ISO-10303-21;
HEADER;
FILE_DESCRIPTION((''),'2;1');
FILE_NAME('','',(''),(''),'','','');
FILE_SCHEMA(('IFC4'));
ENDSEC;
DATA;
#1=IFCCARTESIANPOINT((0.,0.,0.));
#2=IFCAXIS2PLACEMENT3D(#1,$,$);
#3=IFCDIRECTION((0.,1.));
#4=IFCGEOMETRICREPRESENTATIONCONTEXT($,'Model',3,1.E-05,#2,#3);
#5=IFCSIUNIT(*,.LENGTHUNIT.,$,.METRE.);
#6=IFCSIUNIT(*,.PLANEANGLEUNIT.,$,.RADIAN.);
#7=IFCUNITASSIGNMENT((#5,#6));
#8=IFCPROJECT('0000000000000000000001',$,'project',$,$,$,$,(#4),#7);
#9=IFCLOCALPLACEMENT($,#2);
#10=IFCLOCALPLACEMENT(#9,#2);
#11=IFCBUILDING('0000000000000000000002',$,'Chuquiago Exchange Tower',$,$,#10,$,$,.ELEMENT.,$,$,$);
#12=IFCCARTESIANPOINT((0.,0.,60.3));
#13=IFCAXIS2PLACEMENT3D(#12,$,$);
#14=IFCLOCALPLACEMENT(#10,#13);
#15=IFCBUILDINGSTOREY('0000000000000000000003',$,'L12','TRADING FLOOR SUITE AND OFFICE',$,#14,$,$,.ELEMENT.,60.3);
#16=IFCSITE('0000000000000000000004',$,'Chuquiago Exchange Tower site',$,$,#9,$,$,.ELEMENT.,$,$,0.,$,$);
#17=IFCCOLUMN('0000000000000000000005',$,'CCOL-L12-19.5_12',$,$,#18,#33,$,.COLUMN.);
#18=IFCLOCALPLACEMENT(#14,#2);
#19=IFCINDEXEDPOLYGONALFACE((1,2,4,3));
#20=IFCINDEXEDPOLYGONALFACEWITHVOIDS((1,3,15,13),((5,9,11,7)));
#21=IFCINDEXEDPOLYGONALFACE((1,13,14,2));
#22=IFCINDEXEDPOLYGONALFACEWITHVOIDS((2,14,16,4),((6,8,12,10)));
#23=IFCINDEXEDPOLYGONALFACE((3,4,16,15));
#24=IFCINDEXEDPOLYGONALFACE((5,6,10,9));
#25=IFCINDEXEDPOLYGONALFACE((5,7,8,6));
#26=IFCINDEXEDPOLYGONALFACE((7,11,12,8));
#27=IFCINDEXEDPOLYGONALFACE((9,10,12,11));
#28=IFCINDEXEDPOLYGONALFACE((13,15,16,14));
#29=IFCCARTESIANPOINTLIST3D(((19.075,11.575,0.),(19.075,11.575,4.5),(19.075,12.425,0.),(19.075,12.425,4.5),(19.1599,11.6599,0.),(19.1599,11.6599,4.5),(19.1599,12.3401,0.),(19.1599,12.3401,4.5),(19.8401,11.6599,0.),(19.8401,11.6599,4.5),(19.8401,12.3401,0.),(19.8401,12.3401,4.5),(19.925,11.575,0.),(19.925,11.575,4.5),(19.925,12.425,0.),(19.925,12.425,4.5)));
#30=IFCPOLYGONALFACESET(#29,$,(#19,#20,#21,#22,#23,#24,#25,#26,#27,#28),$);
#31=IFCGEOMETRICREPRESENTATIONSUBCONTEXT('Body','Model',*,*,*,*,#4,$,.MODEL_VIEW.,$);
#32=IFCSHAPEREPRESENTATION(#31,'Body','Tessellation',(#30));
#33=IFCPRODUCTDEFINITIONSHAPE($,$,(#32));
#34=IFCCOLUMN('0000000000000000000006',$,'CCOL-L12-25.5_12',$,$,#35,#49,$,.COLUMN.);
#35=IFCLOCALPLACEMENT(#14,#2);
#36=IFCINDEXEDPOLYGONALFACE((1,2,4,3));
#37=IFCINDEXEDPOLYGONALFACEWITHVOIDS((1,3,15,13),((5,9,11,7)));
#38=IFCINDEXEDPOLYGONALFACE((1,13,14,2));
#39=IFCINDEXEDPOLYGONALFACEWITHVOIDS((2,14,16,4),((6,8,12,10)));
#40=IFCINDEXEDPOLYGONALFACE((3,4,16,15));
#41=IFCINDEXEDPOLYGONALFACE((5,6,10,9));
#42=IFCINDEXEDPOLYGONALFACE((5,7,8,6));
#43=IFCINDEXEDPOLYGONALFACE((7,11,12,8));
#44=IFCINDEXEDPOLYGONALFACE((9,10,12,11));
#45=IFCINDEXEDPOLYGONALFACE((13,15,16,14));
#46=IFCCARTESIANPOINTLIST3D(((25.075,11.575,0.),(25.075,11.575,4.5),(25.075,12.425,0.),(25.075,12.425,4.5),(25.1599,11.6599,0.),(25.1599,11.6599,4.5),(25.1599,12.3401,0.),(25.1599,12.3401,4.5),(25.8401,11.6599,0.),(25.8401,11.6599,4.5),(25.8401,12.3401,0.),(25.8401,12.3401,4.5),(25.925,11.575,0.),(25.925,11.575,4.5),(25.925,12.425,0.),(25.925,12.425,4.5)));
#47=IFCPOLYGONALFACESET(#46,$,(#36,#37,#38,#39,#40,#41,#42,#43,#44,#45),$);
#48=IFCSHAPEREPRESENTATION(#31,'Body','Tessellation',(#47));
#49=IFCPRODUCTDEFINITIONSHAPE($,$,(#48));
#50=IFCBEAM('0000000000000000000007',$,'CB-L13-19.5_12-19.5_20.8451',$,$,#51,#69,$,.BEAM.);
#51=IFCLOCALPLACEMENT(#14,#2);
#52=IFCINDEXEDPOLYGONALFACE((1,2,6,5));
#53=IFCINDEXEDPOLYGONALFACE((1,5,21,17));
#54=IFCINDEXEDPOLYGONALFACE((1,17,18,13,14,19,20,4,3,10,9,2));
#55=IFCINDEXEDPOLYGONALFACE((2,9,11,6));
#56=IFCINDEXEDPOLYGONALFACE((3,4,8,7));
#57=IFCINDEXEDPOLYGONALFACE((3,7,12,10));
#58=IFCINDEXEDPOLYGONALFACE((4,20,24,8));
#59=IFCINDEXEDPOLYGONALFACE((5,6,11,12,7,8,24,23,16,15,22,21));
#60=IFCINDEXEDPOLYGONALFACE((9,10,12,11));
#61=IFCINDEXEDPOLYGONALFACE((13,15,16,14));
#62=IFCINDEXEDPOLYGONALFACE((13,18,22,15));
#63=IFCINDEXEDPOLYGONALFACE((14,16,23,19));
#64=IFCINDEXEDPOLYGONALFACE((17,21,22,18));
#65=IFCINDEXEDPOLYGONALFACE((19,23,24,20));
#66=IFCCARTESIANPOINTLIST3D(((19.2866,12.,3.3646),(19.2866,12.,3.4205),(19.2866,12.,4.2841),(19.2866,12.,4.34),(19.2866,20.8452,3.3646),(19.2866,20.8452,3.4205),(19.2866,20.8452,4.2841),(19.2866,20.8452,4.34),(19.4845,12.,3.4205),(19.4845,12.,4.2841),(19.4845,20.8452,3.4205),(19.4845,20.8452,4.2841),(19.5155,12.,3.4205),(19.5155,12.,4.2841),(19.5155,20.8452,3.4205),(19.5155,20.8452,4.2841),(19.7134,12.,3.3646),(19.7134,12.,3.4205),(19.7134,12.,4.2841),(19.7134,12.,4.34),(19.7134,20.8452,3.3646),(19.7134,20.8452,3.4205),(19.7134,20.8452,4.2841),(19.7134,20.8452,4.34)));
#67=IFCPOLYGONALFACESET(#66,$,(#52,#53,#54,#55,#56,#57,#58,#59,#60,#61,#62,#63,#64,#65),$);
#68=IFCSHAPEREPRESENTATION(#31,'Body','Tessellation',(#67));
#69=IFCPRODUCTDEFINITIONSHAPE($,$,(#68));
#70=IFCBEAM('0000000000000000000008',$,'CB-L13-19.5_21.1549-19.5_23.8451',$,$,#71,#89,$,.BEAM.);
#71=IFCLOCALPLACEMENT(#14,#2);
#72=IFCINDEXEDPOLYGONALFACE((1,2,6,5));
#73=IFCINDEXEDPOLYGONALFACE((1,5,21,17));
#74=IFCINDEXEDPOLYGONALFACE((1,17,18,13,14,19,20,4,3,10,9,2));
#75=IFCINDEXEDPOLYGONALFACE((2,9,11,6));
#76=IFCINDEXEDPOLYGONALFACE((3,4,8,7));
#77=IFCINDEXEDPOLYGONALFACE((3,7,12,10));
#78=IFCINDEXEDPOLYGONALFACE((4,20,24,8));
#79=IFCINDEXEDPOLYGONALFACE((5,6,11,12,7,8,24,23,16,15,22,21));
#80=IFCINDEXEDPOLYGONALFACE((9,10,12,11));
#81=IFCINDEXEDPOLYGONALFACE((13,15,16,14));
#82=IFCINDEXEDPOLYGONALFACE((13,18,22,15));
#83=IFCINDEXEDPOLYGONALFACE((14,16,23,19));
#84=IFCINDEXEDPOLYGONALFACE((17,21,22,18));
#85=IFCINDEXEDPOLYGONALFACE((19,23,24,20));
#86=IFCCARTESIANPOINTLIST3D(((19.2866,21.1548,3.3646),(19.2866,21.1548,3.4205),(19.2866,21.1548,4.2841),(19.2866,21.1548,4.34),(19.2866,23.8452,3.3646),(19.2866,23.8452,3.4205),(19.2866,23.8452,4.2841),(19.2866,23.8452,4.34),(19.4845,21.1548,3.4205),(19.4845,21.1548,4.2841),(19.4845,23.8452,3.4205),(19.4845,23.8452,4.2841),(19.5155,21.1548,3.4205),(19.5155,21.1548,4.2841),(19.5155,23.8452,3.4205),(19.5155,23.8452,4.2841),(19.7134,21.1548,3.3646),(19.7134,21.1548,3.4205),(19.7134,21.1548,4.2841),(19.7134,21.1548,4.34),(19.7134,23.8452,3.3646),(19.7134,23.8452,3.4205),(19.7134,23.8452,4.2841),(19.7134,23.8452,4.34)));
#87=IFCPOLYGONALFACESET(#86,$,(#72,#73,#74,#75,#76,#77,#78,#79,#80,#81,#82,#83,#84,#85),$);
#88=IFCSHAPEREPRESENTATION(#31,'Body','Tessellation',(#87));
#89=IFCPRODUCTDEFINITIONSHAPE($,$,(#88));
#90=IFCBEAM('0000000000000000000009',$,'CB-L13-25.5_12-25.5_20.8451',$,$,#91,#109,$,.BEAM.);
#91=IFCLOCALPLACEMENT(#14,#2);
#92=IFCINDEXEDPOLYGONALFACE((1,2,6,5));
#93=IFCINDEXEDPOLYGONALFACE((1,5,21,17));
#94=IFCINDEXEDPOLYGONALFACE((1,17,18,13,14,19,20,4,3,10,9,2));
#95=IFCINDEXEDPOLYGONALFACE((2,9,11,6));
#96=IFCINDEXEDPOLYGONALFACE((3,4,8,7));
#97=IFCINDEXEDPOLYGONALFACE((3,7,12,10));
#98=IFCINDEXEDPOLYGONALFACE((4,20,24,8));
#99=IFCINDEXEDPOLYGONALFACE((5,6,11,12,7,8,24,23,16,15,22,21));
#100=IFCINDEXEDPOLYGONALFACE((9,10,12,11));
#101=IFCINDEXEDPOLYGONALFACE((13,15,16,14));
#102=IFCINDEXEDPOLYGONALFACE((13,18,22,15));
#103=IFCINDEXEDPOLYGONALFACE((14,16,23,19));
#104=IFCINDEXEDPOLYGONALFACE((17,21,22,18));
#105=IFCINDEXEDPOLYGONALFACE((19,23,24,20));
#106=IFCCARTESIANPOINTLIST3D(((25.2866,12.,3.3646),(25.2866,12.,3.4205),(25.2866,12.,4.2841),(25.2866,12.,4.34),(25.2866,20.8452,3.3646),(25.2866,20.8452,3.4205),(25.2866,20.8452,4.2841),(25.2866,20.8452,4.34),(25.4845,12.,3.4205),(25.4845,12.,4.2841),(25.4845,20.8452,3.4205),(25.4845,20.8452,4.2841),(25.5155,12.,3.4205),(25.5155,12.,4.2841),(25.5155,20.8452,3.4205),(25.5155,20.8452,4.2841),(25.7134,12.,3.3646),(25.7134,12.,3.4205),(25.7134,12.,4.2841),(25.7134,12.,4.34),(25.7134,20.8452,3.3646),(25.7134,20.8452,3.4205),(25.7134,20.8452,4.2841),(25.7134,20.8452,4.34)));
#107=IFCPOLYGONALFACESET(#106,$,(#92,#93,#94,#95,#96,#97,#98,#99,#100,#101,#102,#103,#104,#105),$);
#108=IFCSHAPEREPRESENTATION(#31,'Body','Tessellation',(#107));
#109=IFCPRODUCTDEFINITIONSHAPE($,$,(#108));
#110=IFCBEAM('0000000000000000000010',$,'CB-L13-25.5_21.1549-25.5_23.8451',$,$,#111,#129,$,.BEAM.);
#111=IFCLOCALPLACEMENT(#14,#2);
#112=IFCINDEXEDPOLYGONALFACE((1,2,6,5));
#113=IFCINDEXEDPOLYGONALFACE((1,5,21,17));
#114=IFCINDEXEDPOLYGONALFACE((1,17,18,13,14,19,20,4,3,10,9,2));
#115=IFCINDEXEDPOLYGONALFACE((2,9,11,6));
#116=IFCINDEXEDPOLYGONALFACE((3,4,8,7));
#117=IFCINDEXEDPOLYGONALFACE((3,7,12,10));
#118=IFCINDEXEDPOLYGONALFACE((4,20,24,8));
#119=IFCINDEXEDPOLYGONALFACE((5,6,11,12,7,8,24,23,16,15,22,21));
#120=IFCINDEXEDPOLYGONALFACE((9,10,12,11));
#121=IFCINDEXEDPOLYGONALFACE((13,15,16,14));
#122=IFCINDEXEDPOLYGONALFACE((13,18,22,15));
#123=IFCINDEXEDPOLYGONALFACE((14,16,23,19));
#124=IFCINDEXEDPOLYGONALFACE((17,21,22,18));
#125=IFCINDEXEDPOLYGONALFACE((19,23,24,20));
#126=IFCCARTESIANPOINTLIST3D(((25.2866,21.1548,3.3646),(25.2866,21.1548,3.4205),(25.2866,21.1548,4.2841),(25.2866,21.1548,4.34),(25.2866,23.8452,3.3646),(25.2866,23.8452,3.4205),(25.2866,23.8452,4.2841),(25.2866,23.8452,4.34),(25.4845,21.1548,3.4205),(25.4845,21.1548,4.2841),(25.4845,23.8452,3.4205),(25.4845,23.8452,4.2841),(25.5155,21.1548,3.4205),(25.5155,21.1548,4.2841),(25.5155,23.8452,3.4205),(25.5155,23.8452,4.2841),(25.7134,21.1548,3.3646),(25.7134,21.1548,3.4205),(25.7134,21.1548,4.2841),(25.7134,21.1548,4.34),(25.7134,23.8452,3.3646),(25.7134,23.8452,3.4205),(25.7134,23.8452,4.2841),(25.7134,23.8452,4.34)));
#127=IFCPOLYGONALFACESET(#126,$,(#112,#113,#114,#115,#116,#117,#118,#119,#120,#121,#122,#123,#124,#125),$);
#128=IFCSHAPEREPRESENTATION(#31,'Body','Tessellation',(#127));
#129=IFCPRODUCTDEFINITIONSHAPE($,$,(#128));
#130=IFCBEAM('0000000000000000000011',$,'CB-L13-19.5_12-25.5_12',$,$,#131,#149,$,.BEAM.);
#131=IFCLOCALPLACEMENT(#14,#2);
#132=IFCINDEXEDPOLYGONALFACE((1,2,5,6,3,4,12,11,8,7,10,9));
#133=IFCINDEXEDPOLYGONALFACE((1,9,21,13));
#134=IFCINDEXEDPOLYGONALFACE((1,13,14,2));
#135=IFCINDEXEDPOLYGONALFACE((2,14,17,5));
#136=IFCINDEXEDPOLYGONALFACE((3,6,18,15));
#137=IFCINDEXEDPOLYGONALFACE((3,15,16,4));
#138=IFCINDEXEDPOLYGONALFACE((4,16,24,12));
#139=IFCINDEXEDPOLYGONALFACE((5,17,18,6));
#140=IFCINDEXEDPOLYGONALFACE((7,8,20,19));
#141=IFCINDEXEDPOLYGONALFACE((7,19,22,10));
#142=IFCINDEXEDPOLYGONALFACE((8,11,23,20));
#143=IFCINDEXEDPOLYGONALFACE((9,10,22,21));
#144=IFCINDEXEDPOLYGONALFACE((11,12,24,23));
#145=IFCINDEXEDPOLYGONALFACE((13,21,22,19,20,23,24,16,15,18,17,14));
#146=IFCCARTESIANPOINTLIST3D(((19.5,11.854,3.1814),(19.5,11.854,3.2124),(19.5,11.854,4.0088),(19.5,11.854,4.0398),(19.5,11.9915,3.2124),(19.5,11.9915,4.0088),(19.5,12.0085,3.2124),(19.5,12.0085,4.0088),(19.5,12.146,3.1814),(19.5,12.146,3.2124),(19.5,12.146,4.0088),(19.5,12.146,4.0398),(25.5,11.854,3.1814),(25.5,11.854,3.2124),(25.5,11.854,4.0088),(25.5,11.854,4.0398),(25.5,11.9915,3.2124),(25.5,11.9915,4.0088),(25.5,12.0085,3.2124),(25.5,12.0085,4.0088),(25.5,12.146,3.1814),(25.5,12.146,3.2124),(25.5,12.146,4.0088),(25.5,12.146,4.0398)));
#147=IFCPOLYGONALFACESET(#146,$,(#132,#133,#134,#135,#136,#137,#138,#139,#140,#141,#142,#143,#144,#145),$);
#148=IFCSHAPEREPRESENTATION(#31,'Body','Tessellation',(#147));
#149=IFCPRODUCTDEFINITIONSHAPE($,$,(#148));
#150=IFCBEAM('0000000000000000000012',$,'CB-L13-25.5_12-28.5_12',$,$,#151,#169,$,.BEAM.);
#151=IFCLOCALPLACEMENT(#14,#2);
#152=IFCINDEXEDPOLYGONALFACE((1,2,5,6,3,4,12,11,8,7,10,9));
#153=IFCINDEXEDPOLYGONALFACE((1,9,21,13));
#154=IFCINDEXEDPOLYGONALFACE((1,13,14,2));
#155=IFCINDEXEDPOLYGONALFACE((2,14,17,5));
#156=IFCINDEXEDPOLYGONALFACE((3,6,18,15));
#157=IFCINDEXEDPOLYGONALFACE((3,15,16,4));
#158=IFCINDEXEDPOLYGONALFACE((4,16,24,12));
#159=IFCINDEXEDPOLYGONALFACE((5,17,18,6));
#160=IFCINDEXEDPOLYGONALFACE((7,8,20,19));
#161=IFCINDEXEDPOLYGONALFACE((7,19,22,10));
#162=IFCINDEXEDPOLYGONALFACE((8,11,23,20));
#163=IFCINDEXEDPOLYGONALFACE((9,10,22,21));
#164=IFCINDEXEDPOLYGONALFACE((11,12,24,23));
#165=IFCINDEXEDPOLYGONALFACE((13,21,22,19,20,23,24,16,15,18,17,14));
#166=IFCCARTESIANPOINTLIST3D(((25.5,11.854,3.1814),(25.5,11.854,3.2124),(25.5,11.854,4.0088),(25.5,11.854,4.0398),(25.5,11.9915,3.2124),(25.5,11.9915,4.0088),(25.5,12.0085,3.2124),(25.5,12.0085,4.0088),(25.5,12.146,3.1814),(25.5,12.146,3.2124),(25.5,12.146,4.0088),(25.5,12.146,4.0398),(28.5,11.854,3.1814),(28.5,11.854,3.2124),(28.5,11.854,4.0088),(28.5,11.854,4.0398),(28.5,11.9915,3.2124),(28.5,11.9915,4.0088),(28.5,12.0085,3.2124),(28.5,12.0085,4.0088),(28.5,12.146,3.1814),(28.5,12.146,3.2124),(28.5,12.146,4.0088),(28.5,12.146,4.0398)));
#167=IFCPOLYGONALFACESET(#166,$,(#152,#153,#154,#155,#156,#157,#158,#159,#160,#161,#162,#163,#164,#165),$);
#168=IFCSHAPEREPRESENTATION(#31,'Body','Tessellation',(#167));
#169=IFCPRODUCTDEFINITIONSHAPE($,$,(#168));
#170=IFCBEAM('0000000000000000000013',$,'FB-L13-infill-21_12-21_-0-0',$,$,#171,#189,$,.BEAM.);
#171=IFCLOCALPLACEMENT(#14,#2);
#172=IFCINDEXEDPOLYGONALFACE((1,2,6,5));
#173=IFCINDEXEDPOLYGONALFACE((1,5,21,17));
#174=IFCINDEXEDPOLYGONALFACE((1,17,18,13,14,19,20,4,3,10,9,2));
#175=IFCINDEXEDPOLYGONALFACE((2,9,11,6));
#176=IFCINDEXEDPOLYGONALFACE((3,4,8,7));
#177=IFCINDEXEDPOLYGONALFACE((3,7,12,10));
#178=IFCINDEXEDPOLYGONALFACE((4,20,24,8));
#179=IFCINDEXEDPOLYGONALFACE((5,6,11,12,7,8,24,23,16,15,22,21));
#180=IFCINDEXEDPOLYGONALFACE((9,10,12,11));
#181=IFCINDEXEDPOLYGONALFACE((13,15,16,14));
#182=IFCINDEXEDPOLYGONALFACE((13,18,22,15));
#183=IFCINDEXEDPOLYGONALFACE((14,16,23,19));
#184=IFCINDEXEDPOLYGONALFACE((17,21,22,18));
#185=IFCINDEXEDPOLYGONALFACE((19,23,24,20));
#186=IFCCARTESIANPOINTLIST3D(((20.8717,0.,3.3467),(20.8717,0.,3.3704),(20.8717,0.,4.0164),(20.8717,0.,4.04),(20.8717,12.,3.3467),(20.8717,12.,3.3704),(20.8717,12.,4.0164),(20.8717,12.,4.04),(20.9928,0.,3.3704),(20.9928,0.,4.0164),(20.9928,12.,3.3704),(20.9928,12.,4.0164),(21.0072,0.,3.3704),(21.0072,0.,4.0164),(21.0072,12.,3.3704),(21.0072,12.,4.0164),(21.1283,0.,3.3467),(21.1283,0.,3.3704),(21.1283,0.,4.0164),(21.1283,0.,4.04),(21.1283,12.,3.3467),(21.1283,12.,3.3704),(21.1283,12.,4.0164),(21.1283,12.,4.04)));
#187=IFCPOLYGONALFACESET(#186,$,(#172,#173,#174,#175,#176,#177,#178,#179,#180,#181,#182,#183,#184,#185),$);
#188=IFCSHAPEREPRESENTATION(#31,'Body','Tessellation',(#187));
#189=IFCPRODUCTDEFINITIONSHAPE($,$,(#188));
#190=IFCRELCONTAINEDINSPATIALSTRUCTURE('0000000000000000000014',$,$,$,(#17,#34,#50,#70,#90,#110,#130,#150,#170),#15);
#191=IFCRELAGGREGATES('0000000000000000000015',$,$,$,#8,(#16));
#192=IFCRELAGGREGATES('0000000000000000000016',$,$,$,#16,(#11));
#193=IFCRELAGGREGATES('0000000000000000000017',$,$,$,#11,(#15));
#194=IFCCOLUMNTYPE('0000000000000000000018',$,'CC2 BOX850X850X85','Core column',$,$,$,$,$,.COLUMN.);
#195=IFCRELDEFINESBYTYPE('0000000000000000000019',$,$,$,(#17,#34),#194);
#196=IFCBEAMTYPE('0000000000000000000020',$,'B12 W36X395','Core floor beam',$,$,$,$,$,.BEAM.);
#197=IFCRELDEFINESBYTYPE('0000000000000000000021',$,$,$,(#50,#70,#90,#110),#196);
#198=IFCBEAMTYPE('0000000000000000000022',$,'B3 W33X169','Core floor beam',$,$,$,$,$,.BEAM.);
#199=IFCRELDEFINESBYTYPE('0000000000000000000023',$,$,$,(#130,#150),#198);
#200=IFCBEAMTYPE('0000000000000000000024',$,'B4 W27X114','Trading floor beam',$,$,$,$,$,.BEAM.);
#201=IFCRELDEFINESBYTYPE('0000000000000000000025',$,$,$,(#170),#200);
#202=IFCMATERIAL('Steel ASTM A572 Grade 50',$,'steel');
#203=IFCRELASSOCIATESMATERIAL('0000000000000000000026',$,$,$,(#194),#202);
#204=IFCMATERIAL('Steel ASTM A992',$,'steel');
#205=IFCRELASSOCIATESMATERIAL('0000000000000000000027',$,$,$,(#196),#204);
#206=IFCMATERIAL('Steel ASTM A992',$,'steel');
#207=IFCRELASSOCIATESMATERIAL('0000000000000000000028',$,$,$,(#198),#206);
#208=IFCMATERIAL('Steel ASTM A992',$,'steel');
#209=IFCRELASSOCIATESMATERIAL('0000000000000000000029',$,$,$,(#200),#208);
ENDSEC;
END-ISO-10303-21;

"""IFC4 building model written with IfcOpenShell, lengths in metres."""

from ifc_helpers import new_model, si_unit, direction, frame, origin, origin_2d, place, context, subcontext, project, spatial, hollow_rectangle, i_section, extrude, material, material_profile, profile_set, type_object, element, save


model = new_model("IFC4")

# Units and contexts
model_context = context("Model", 3, precision=1e-05, world=origin(), true_north=direction((0.0, 1.0)))
body_context = subcontext(model_context, "Body", "Model", "MODEL_VIEW")
ifc_project = project(units=[si_unit("LENGTHUNIT", "METRE"), si_unit("PLANEANGLEUNIT", "RADIAN")], contexts=[model_context])

# Site, building, storey
site_placement = place(None, origin())
site = spatial("IfcSite", under=ifc_project, at=site_placement, Name="Chuquiago Exchange Tower site", CompositionType="ELEMENT", RefElevation=0.0)
building_placement = place(site_placement, origin())
building = spatial("IfcBuilding", under=site, at=building_placement, Name="Chuquiago Exchange Tower", CompositionType="ELEMENT")
storey_placement = place(building_placement, frame((0.0, 0.0, 60.3)))
storey = spatial("IfcBuildingStorey", under=building, at=storey_placement, Name="L12", Description="TRADING FLOOR SUITE AND OFFICE", CompositionType="ELEMENT", Elevation=60.3)

# Columns
ifc_material_1 = material(Name="Steel ASTM A572 Grade 50", Category="steel")
ifc_material_profile_1 = material_profile(ifc_material_1, hollow_rectangle(XDim=0.8501, YDim=0.8501, WallThickness=0.085, at=origin_2d()), Name="BOX850X850X85")
ifc_profile_set_1 = profile_set([ifc_material_profile_1], Name="Steel ASTM A572 Grade 50")
column_type = type_object("IfcColumnType", Name="CC2 BOX850X850X85", Description="Core column", PredefinedType="COLUMN", material=ifc_profile_set_1)
for number, where, z_axis, x_axis, name in (
    (1, (19.5, 12.0, 0.0), (0.0, 0.0, 1.0), (1.0, 0.0, 0.0), "CCOL-L12-19.5_12"),
    (2, (25.5, 12.0, 0.0), (0.0, 0.0, 1.0), (1.0, 0.0, 0.0), "CCOL-L12-25.5_12"),
):
    element("IfcColumn", number, at=place(storey_placement, frame(where, z_axis=z_axis, x_axis=x_axis)), inside=storey, type_object=column_type, Name=name, PredefinedType="COLUMN", context=body_context, shape_type="SweptSolid", body=[
        extrude(hollow_rectangle(XDim=0.8501, YDim=0.8501, WallThickness=0.085, at=origin_2d()), origin(), (0.0, 0.0, 1.0), 4.5),
    ])

# Beams
ifc_material_2 = material(Name="Steel ASTM A992", Category="steel")
ifc_material_profile_2 = material_profile(ifc_material_2, i_section(OverallWidth=0.4268, OverallDepth=0.9753, WebThickness=0.031, FlangeThickness=0.0559, at=origin_2d()), Name="W36X395")
ifc_profile_set_2 = profile_set([ifc_material_profile_2], Name="Steel ASTM A992")
beam_type_1 = type_object("IfcBeamType", Name="B12 W36X395", Description="Core floor beam", PredefinedType="BEAM", material=ifc_profile_set_2)
beam_1_placement = place(storey_placement, frame((19.5, 12.0, 3.8523), z_axis=(0.0, 1.0, 0.0), x_axis=(-1.0, 0.0, 0.0)))
element("IfcBeam", 3, at=beam_1_placement, inside=storey, type_object=beam_type_1, Name="CB-L13-19.5_12-19.5_20.8451", PredefinedType="BEAM", context=body_context, shape_type="SweptSolid", body=[
    extrude(i_section(OverallWidth=0.4268, OverallDepth=0.9753, WebThickness=0.031, FlangeThickness=0.0559, at=origin_2d()), origin(), (0.0, 0.0, 1.0), 8.8452),
])
beam_2_placement = place(storey_placement, frame((19.5, 21.1548, 3.8523), z_axis=(0.0, 1.0, 0.0), x_axis=(-1.0, 0.0, 0.0)))
element("IfcBeam", 4, at=beam_2_placement, inside=storey, type_object=beam_type_1, Name="CB-L13-19.5_21.1549-19.5_23.8451", PredefinedType="BEAM", context=body_context, shape_type="SweptSolid", body=[
    extrude(i_section(OverallWidth=0.4268, OverallDepth=0.9753, WebThickness=0.031, FlangeThickness=0.0559, at=origin_2d()), origin(), (0.0, 0.0, 1.0), 2.6904),
])
beam_3_placement = place(storey_placement, frame((25.5, 12.0, 3.8523), z_axis=(0.0, 1.0, 0.0), x_axis=(-1.0, 0.0, 0.0)))
element("IfcBeam", 5, at=beam_3_placement, inside=storey, type_object=beam_type_1, Name="CB-L13-25.5_12-25.5_20.8451", PredefinedType="BEAM", context=body_context, shape_type="SweptSolid", body=[
    extrude(i_section(OverallWidth=0.4268, OverallDepth=0.9753, WebThickness=0.031, FlangeThickness=0.0559, at=origin_2d()), origin(), (0.0, 0.0, 1.0), 8.8452),
])
beam_4_placement = place(storey_placement, frame((25.5, 21.1548, 3.8523), z_axis=(0.0, 1.0, 0.0), x_axis=(-1.0, 0.0, 0.0)))
element("IfcBeam", 6, at=beam_4_placement, inside=storey, type_object=beam_type_1, Name="CB-L13-25.5_21.1549-25.5_23.8451", PredefinedType="BEAM", context=body_context, shape_type="SweptSolid", body=[
    extrude(i_section(OverallWidth=0.4268, OverallDepth=0.9753, WebThickness=0.031, FlangeThickness=0.0559, at=origin_2d()), origin(), (0.0, 0.0, 1.0), 2.6904),
])
ifc_material_3 = material(Name="Steel ASTM A992", Category="steel")
ifc_material_profile_3 = material_profile(ifc_material_3, i_section(OverallWidth=0.292, OverallDepth=0.8584, WebThickness=0.0171, FlangeThickness=0.031, at=origin_2d()), Name="W33X169")
ifc_profile_set_3 = profile_set([ifc_material_profile_3], Name="Steel ASTM A992")
beam_type_2 = type_object("IfcBeamType", Name="B3 W33X169", Description="Core floor beam", PredefinedType="BEAM", material=ifc_profile_set_3)
beam_5_placement = place(storey_placement, frame((19.5, 12.0, 3.6106), z_axis=(1.0, 0.0, 0.0), x_axis=(0.0, 1.0, 0.0)))
element("IfcBeam", 7, at=beam_5_placement, inside=storey, type_object=beam_type_2, Name="CB-L13-19.5_12-25.5_12", PredefinedType="BEAM", context=body_context, shape_type="SweptSolid", body=[
    extrude(i_section(OverallWidth=0.292, OverallDepth=0.8584, WebThickness=0.0171, FlangeThickness=0.031, at=origin_2d()), origin(), (0.0, 0.0, 1.0), 6.0),
])
beam_6_placement = place(storey_placement, frame((25.5, 12.0, 3.6106), z_axis=(1.0, 0.0, 0.0), x_axis=(0.0, 1.0, 0.0)))
element("IfcBeam", 8, at=beam_6_placement, inside=storey, type_object=beam_type_2, Name="CB-L13-25.5_12-28.5_12", PredefinedType="BEAM", context=body_context, shape_type="SweptSolid", body=[
    extrude(i_section(OverallWidth=0.292, OverallDepth=0.8584, WebThickness=0.0171, FlangeThickness=0.031, at=origin_2d()), origin(), (0.0, 0.0, 1.0), 3.0),
])
ifc_material_4 = material(Name="Steel ASTM A992", Category="steel")
ifc_material_profile_4 = material_profile(ifc_material_4, i_section(OverallWidth=0.2566, OverallDepth=0.6934, WebThickness=0.0144, FlangeThickness=0.0237, at=origin_2d()), Name="W27X114")
ifc_profile_set_4 = profile_set([ifc_material_profile_4], Name="Steel ASTM A992")
beam_type_3 = type_object("IfcBeamType", Name="B4 W27X114", Description="Trading floor beam", PredefinedType="BEAM", material=ifc_profile_set_4)
for number, where, z_axis, x_axis, name in (
    (9, (21.0, 12.0, 3.6934), (0.0, -1.0, 0.0), (1.0, 0.0, 0.0), "FB-L13-infill-21_12-21_-0-0"),
):
    element("IfcBeam", number, at=place(storey_placement, frame(where, z_axis=z_axis, x_axis=x_axis)), inside=storey, type_object=beam_type_3, Name=name, PredefinedType="BEAM", context=body_context, shape_type="SweptSolid", body=[
        extrude(i_section(OverallWidth=0.2566, OverallDepth=0.6934, WebThickness=0.0144, FlangeThickness=0.0237, at=origin_2d()), origin(), (0.0, 0.0, 1.0), 12.0),
    ])

save(model, "model.ifc")
